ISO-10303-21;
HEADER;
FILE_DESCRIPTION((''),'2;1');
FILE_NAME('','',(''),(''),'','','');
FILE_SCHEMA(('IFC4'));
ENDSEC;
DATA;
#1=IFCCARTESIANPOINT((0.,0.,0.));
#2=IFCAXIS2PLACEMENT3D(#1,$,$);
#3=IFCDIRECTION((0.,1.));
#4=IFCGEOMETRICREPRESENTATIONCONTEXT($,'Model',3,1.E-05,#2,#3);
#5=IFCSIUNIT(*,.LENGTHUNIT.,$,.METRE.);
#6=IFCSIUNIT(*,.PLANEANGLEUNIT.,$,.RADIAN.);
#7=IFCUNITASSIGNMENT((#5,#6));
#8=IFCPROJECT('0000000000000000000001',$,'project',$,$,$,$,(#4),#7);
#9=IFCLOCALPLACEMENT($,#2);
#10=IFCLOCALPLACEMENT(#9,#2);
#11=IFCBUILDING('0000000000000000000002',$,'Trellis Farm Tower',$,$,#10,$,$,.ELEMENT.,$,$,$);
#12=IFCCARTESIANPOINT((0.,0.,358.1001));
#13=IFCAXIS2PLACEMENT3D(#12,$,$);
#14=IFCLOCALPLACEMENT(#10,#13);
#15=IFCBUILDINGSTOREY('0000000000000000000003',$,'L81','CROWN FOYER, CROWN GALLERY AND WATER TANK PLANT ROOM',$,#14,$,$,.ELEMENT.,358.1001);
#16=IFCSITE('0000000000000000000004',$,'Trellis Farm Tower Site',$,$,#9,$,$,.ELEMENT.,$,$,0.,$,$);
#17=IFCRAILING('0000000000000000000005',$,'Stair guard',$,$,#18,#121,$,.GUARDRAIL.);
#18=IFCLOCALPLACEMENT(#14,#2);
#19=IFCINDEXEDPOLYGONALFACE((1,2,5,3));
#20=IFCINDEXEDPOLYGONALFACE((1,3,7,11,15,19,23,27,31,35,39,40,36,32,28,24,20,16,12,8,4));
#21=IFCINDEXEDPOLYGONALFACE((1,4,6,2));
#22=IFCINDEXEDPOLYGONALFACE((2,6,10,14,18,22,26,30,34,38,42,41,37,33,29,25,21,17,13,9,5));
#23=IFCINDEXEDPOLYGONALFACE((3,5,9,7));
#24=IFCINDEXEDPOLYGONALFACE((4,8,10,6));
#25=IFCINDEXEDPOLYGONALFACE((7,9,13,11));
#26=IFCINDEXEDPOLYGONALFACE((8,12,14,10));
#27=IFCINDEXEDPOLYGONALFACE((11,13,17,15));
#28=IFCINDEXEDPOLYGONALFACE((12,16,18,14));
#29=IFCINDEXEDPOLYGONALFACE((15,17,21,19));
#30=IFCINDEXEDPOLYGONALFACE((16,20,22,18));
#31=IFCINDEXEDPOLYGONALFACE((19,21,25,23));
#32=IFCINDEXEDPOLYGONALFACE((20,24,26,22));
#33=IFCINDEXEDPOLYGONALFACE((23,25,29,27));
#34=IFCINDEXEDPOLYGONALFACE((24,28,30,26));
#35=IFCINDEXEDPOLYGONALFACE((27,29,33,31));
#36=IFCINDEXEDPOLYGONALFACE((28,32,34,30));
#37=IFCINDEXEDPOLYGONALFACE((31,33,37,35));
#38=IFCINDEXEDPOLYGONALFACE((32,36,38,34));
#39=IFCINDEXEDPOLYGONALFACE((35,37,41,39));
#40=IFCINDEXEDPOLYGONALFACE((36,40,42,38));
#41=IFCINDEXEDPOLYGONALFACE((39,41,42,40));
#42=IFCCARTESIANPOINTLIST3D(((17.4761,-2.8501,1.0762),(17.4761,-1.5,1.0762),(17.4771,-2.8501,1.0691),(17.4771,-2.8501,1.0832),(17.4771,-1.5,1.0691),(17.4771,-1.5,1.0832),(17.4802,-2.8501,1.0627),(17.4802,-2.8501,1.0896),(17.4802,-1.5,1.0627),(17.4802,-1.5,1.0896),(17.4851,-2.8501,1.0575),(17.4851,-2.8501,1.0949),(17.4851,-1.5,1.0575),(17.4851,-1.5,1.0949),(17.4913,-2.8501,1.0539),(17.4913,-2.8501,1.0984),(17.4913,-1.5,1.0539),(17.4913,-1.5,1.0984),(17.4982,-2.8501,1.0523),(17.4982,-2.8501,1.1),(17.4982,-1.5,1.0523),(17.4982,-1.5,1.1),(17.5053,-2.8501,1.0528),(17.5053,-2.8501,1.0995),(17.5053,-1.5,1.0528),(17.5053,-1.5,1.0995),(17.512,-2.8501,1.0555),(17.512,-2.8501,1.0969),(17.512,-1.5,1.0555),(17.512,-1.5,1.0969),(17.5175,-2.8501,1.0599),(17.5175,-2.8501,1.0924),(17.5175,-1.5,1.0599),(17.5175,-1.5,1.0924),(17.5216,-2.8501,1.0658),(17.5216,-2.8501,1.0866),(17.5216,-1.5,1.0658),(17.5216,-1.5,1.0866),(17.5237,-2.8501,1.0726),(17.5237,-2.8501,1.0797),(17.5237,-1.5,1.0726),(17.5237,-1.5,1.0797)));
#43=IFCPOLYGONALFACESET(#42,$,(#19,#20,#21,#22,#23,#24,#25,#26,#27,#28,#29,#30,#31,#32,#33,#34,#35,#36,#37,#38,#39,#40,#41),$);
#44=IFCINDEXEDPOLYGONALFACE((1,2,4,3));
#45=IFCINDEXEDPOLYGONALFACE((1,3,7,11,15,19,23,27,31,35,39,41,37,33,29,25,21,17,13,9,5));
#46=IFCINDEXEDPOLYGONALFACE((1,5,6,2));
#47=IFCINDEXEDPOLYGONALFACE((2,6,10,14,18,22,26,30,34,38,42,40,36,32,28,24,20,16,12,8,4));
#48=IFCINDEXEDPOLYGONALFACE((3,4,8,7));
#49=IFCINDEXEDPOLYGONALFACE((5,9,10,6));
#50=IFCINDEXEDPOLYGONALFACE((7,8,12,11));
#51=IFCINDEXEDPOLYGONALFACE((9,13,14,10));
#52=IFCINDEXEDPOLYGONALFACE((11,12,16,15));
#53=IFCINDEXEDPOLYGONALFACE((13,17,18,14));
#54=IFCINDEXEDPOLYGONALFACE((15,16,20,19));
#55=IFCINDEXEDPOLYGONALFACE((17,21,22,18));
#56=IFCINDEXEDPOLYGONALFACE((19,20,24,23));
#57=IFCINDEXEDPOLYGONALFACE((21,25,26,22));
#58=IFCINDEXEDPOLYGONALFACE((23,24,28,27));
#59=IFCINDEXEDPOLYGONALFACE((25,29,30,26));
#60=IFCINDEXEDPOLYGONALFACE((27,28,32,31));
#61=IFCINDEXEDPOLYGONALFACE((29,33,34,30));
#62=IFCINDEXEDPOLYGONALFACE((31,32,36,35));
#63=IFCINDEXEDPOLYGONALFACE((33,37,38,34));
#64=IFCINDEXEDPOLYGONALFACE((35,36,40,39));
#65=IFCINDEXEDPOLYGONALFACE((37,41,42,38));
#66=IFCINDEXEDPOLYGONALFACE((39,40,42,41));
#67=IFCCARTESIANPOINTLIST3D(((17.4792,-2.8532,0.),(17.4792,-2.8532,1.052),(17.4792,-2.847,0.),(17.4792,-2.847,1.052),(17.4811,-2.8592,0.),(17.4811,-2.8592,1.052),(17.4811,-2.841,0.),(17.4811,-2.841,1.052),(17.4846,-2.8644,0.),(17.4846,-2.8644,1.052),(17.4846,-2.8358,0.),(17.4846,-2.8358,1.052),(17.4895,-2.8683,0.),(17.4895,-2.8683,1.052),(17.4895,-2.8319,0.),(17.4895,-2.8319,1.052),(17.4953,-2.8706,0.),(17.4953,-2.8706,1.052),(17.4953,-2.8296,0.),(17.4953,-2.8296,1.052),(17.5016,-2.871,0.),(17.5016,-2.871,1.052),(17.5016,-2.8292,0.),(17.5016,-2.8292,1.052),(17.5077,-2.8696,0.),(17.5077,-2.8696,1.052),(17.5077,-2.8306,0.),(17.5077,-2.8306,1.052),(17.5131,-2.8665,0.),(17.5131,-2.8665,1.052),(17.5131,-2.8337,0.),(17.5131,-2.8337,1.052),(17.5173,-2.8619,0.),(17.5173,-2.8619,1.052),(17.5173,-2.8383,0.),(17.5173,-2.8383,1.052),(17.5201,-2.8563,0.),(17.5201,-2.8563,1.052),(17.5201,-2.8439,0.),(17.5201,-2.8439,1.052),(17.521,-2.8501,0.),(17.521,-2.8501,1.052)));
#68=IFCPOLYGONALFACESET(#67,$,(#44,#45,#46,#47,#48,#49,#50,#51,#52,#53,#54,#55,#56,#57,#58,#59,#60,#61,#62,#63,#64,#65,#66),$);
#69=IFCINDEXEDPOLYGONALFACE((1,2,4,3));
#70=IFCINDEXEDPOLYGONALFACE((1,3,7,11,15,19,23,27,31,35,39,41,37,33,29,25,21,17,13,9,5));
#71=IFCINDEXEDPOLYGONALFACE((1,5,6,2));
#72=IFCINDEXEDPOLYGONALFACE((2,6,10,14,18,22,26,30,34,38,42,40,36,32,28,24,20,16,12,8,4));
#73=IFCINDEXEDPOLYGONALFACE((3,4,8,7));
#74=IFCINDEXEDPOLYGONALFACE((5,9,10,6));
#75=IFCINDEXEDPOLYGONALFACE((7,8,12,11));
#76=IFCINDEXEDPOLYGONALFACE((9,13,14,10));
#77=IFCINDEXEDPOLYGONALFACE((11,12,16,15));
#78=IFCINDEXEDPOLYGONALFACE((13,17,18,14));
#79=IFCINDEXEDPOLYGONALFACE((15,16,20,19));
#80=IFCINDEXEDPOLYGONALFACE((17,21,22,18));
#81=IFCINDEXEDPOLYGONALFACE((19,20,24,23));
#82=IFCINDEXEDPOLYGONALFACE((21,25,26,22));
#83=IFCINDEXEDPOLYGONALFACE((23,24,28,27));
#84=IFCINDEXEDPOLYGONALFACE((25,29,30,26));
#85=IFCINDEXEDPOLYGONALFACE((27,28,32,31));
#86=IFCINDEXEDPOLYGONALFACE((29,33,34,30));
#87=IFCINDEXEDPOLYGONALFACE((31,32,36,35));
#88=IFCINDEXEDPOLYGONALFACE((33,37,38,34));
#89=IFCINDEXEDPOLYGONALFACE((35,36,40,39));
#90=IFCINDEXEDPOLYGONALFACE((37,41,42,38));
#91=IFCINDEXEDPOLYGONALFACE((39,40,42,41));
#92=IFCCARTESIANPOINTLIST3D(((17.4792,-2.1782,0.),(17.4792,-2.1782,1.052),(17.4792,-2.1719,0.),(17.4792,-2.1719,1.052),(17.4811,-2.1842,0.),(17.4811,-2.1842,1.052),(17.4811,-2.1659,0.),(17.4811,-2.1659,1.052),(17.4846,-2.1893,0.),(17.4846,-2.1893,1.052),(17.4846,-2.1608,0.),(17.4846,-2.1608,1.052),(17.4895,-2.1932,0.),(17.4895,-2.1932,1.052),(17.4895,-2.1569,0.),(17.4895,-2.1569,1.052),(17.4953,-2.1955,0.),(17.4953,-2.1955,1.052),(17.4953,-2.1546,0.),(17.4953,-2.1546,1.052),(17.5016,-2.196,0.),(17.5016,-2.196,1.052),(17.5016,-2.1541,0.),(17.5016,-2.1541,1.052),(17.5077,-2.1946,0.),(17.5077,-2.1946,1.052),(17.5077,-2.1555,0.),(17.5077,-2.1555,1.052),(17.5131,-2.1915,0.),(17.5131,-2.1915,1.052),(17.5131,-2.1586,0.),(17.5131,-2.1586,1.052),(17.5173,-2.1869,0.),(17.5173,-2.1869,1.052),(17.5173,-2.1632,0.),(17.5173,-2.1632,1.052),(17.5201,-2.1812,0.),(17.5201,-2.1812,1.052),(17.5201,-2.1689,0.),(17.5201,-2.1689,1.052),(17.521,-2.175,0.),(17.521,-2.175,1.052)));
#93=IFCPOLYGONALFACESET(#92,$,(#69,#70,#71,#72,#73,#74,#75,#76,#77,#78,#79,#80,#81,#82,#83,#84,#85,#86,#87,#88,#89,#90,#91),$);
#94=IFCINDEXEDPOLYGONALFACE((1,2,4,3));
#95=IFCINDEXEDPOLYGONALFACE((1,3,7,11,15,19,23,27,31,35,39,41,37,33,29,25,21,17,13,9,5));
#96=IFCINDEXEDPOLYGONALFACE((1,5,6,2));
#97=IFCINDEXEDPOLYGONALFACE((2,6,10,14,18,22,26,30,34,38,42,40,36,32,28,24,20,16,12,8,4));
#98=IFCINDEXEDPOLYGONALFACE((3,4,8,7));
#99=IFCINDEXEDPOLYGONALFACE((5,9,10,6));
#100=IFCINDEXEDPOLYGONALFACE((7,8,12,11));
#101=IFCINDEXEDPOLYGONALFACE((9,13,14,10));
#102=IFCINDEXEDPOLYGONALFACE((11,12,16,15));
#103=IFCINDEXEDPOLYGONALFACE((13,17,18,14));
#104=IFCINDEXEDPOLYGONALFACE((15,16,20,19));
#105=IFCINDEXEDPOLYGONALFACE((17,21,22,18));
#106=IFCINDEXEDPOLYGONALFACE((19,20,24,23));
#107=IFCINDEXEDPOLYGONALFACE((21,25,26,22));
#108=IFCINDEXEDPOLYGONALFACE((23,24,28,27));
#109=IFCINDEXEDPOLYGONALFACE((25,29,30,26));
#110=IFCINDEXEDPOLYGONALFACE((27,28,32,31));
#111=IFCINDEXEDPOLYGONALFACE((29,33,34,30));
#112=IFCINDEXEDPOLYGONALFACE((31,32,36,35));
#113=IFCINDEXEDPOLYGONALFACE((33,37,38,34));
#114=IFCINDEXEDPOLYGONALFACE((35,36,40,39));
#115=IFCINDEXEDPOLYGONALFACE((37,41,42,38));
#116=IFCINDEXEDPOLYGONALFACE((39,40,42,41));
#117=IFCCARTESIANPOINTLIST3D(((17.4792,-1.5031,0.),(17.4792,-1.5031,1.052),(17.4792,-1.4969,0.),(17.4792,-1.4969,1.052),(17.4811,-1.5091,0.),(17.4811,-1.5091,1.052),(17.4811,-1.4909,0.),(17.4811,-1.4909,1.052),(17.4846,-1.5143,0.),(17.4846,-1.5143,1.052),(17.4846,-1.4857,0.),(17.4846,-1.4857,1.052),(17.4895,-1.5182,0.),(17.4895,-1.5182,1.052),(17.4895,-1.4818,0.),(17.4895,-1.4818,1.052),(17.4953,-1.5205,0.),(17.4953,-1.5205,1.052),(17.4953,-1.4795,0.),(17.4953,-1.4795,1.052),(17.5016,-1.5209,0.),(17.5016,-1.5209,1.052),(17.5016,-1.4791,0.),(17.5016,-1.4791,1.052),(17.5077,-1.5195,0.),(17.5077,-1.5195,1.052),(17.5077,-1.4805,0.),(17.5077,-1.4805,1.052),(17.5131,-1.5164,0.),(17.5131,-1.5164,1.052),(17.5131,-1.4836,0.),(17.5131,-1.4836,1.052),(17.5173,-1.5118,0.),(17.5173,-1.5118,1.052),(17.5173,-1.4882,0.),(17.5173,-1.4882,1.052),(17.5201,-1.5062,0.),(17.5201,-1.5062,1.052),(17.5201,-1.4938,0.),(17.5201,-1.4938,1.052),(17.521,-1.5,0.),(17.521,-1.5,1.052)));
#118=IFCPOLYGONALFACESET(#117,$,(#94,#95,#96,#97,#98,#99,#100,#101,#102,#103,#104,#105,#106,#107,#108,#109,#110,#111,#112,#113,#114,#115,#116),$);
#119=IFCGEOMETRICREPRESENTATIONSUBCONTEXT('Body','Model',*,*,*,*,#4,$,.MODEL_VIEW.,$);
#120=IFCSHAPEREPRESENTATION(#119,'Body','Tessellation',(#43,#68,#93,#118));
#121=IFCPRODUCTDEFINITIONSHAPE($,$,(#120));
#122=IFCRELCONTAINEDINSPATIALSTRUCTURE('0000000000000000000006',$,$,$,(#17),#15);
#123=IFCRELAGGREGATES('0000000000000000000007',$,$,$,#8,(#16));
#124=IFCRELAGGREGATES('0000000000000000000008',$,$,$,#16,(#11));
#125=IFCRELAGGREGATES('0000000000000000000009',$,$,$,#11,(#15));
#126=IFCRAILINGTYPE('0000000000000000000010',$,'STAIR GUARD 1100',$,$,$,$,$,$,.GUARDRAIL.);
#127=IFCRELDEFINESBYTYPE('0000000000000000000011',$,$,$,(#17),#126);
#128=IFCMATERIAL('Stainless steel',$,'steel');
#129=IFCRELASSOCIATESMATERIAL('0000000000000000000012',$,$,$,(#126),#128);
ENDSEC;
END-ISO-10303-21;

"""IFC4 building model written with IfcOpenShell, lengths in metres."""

from ifc_helpers import new_model, si_unit, direction, frame, origin, origin_2d, place, context, subcontext, project, spatial, circle, extrude, source, transform, mapped, material, type_object, element, save


model = new_model("IFC4")

# Units and contexts
model_context = context("Model", 3, precision=1e-05, world=origin(), true_north=direction((0.0, 1.0)))
body_context = subcontext(model_context, "Body", "Model", "MODEL_VIEW")
ifc_project = project(units=[si_unit("LENGTHUNIT", "METRE"), si_unit("PLANEANGLEUNIT", "RADIAN")], contexts=[model_context])

# Site, building, storey
site_placement = place(None, origin())
site = spatial("IfcSite", under=ifc_project, at=site_placement, Name="Trellis Farm Tower Site", CompositionType="ELEMENT", RefElevation=0.0)
building_placement = place(site_placement, origin())
building = spatial("IfcBuilding", under=site, at=building_placement, Name="Trellis Farm Tower", CompositionType="ELEMENT")
storey_placement = place(building_placement, frame((0.0, 0.0, 358.1001)))
storey = spatial("IfcBuildingStorey", under=building, at=storey_placement, Name="L81", Description="CROWN FOYER, CROWN GALLERY AND WATER TANK PLANT ROOM", CompositionType="ELEMENT", Elevation=358.1001)

# Railing
ifc_material_1 = material(Name="Stainless steel", Category="steel")
railing_type = type_object("IfcRailingType", Name="STAIR GUARD 1100", PredefinedType="GUARDRAIL", material=ifc_material_1)
shared_shape_1 = source(origin(), body_context, "Body", "SweptSolid", [
    extrude(circle(Radius=0.0239, at=origin_2d()), frame((0.0, 0.0, 1.0762), z_axis=(0.0, 1.0, 0.0), x_axis=(-1.0, 0.0, 0.0)), (0.0, 0.0, 1.0), 1.3501),
    extrude(circle(Radius=0.021, at=origin_2d()), origin(), (0.0, 0.0, 1.0), 1.052),
    extrude(circle(Radius=0.021, at=origin_2d()), frame((0.0, 0.675, 0.0)), (0.0, 0.0, 1.0), 1.052),
    extrude(circle(Radius=0.021, at=origin_2d()), frame((0.0, 1.3501, 0.0)), (0.0, 0.0, 1.0), 1.052),
])
for number, where, name in (
    (1, (17.5, -2.8501, 0.0), "Stair guard"),
):
    element("IfcRailing", number, at=place(storey_placement, frame(where)), inside=storey, type_object=railing_type, Name=name, PredefinedType="GUARDRAIL", context=body_context, shape_type="MappedRepresentation", body=[
        mapped(shared_shape_1, transform((0.0, 0.0, 0.0))),
    ])

save(model, "model.ifc")
